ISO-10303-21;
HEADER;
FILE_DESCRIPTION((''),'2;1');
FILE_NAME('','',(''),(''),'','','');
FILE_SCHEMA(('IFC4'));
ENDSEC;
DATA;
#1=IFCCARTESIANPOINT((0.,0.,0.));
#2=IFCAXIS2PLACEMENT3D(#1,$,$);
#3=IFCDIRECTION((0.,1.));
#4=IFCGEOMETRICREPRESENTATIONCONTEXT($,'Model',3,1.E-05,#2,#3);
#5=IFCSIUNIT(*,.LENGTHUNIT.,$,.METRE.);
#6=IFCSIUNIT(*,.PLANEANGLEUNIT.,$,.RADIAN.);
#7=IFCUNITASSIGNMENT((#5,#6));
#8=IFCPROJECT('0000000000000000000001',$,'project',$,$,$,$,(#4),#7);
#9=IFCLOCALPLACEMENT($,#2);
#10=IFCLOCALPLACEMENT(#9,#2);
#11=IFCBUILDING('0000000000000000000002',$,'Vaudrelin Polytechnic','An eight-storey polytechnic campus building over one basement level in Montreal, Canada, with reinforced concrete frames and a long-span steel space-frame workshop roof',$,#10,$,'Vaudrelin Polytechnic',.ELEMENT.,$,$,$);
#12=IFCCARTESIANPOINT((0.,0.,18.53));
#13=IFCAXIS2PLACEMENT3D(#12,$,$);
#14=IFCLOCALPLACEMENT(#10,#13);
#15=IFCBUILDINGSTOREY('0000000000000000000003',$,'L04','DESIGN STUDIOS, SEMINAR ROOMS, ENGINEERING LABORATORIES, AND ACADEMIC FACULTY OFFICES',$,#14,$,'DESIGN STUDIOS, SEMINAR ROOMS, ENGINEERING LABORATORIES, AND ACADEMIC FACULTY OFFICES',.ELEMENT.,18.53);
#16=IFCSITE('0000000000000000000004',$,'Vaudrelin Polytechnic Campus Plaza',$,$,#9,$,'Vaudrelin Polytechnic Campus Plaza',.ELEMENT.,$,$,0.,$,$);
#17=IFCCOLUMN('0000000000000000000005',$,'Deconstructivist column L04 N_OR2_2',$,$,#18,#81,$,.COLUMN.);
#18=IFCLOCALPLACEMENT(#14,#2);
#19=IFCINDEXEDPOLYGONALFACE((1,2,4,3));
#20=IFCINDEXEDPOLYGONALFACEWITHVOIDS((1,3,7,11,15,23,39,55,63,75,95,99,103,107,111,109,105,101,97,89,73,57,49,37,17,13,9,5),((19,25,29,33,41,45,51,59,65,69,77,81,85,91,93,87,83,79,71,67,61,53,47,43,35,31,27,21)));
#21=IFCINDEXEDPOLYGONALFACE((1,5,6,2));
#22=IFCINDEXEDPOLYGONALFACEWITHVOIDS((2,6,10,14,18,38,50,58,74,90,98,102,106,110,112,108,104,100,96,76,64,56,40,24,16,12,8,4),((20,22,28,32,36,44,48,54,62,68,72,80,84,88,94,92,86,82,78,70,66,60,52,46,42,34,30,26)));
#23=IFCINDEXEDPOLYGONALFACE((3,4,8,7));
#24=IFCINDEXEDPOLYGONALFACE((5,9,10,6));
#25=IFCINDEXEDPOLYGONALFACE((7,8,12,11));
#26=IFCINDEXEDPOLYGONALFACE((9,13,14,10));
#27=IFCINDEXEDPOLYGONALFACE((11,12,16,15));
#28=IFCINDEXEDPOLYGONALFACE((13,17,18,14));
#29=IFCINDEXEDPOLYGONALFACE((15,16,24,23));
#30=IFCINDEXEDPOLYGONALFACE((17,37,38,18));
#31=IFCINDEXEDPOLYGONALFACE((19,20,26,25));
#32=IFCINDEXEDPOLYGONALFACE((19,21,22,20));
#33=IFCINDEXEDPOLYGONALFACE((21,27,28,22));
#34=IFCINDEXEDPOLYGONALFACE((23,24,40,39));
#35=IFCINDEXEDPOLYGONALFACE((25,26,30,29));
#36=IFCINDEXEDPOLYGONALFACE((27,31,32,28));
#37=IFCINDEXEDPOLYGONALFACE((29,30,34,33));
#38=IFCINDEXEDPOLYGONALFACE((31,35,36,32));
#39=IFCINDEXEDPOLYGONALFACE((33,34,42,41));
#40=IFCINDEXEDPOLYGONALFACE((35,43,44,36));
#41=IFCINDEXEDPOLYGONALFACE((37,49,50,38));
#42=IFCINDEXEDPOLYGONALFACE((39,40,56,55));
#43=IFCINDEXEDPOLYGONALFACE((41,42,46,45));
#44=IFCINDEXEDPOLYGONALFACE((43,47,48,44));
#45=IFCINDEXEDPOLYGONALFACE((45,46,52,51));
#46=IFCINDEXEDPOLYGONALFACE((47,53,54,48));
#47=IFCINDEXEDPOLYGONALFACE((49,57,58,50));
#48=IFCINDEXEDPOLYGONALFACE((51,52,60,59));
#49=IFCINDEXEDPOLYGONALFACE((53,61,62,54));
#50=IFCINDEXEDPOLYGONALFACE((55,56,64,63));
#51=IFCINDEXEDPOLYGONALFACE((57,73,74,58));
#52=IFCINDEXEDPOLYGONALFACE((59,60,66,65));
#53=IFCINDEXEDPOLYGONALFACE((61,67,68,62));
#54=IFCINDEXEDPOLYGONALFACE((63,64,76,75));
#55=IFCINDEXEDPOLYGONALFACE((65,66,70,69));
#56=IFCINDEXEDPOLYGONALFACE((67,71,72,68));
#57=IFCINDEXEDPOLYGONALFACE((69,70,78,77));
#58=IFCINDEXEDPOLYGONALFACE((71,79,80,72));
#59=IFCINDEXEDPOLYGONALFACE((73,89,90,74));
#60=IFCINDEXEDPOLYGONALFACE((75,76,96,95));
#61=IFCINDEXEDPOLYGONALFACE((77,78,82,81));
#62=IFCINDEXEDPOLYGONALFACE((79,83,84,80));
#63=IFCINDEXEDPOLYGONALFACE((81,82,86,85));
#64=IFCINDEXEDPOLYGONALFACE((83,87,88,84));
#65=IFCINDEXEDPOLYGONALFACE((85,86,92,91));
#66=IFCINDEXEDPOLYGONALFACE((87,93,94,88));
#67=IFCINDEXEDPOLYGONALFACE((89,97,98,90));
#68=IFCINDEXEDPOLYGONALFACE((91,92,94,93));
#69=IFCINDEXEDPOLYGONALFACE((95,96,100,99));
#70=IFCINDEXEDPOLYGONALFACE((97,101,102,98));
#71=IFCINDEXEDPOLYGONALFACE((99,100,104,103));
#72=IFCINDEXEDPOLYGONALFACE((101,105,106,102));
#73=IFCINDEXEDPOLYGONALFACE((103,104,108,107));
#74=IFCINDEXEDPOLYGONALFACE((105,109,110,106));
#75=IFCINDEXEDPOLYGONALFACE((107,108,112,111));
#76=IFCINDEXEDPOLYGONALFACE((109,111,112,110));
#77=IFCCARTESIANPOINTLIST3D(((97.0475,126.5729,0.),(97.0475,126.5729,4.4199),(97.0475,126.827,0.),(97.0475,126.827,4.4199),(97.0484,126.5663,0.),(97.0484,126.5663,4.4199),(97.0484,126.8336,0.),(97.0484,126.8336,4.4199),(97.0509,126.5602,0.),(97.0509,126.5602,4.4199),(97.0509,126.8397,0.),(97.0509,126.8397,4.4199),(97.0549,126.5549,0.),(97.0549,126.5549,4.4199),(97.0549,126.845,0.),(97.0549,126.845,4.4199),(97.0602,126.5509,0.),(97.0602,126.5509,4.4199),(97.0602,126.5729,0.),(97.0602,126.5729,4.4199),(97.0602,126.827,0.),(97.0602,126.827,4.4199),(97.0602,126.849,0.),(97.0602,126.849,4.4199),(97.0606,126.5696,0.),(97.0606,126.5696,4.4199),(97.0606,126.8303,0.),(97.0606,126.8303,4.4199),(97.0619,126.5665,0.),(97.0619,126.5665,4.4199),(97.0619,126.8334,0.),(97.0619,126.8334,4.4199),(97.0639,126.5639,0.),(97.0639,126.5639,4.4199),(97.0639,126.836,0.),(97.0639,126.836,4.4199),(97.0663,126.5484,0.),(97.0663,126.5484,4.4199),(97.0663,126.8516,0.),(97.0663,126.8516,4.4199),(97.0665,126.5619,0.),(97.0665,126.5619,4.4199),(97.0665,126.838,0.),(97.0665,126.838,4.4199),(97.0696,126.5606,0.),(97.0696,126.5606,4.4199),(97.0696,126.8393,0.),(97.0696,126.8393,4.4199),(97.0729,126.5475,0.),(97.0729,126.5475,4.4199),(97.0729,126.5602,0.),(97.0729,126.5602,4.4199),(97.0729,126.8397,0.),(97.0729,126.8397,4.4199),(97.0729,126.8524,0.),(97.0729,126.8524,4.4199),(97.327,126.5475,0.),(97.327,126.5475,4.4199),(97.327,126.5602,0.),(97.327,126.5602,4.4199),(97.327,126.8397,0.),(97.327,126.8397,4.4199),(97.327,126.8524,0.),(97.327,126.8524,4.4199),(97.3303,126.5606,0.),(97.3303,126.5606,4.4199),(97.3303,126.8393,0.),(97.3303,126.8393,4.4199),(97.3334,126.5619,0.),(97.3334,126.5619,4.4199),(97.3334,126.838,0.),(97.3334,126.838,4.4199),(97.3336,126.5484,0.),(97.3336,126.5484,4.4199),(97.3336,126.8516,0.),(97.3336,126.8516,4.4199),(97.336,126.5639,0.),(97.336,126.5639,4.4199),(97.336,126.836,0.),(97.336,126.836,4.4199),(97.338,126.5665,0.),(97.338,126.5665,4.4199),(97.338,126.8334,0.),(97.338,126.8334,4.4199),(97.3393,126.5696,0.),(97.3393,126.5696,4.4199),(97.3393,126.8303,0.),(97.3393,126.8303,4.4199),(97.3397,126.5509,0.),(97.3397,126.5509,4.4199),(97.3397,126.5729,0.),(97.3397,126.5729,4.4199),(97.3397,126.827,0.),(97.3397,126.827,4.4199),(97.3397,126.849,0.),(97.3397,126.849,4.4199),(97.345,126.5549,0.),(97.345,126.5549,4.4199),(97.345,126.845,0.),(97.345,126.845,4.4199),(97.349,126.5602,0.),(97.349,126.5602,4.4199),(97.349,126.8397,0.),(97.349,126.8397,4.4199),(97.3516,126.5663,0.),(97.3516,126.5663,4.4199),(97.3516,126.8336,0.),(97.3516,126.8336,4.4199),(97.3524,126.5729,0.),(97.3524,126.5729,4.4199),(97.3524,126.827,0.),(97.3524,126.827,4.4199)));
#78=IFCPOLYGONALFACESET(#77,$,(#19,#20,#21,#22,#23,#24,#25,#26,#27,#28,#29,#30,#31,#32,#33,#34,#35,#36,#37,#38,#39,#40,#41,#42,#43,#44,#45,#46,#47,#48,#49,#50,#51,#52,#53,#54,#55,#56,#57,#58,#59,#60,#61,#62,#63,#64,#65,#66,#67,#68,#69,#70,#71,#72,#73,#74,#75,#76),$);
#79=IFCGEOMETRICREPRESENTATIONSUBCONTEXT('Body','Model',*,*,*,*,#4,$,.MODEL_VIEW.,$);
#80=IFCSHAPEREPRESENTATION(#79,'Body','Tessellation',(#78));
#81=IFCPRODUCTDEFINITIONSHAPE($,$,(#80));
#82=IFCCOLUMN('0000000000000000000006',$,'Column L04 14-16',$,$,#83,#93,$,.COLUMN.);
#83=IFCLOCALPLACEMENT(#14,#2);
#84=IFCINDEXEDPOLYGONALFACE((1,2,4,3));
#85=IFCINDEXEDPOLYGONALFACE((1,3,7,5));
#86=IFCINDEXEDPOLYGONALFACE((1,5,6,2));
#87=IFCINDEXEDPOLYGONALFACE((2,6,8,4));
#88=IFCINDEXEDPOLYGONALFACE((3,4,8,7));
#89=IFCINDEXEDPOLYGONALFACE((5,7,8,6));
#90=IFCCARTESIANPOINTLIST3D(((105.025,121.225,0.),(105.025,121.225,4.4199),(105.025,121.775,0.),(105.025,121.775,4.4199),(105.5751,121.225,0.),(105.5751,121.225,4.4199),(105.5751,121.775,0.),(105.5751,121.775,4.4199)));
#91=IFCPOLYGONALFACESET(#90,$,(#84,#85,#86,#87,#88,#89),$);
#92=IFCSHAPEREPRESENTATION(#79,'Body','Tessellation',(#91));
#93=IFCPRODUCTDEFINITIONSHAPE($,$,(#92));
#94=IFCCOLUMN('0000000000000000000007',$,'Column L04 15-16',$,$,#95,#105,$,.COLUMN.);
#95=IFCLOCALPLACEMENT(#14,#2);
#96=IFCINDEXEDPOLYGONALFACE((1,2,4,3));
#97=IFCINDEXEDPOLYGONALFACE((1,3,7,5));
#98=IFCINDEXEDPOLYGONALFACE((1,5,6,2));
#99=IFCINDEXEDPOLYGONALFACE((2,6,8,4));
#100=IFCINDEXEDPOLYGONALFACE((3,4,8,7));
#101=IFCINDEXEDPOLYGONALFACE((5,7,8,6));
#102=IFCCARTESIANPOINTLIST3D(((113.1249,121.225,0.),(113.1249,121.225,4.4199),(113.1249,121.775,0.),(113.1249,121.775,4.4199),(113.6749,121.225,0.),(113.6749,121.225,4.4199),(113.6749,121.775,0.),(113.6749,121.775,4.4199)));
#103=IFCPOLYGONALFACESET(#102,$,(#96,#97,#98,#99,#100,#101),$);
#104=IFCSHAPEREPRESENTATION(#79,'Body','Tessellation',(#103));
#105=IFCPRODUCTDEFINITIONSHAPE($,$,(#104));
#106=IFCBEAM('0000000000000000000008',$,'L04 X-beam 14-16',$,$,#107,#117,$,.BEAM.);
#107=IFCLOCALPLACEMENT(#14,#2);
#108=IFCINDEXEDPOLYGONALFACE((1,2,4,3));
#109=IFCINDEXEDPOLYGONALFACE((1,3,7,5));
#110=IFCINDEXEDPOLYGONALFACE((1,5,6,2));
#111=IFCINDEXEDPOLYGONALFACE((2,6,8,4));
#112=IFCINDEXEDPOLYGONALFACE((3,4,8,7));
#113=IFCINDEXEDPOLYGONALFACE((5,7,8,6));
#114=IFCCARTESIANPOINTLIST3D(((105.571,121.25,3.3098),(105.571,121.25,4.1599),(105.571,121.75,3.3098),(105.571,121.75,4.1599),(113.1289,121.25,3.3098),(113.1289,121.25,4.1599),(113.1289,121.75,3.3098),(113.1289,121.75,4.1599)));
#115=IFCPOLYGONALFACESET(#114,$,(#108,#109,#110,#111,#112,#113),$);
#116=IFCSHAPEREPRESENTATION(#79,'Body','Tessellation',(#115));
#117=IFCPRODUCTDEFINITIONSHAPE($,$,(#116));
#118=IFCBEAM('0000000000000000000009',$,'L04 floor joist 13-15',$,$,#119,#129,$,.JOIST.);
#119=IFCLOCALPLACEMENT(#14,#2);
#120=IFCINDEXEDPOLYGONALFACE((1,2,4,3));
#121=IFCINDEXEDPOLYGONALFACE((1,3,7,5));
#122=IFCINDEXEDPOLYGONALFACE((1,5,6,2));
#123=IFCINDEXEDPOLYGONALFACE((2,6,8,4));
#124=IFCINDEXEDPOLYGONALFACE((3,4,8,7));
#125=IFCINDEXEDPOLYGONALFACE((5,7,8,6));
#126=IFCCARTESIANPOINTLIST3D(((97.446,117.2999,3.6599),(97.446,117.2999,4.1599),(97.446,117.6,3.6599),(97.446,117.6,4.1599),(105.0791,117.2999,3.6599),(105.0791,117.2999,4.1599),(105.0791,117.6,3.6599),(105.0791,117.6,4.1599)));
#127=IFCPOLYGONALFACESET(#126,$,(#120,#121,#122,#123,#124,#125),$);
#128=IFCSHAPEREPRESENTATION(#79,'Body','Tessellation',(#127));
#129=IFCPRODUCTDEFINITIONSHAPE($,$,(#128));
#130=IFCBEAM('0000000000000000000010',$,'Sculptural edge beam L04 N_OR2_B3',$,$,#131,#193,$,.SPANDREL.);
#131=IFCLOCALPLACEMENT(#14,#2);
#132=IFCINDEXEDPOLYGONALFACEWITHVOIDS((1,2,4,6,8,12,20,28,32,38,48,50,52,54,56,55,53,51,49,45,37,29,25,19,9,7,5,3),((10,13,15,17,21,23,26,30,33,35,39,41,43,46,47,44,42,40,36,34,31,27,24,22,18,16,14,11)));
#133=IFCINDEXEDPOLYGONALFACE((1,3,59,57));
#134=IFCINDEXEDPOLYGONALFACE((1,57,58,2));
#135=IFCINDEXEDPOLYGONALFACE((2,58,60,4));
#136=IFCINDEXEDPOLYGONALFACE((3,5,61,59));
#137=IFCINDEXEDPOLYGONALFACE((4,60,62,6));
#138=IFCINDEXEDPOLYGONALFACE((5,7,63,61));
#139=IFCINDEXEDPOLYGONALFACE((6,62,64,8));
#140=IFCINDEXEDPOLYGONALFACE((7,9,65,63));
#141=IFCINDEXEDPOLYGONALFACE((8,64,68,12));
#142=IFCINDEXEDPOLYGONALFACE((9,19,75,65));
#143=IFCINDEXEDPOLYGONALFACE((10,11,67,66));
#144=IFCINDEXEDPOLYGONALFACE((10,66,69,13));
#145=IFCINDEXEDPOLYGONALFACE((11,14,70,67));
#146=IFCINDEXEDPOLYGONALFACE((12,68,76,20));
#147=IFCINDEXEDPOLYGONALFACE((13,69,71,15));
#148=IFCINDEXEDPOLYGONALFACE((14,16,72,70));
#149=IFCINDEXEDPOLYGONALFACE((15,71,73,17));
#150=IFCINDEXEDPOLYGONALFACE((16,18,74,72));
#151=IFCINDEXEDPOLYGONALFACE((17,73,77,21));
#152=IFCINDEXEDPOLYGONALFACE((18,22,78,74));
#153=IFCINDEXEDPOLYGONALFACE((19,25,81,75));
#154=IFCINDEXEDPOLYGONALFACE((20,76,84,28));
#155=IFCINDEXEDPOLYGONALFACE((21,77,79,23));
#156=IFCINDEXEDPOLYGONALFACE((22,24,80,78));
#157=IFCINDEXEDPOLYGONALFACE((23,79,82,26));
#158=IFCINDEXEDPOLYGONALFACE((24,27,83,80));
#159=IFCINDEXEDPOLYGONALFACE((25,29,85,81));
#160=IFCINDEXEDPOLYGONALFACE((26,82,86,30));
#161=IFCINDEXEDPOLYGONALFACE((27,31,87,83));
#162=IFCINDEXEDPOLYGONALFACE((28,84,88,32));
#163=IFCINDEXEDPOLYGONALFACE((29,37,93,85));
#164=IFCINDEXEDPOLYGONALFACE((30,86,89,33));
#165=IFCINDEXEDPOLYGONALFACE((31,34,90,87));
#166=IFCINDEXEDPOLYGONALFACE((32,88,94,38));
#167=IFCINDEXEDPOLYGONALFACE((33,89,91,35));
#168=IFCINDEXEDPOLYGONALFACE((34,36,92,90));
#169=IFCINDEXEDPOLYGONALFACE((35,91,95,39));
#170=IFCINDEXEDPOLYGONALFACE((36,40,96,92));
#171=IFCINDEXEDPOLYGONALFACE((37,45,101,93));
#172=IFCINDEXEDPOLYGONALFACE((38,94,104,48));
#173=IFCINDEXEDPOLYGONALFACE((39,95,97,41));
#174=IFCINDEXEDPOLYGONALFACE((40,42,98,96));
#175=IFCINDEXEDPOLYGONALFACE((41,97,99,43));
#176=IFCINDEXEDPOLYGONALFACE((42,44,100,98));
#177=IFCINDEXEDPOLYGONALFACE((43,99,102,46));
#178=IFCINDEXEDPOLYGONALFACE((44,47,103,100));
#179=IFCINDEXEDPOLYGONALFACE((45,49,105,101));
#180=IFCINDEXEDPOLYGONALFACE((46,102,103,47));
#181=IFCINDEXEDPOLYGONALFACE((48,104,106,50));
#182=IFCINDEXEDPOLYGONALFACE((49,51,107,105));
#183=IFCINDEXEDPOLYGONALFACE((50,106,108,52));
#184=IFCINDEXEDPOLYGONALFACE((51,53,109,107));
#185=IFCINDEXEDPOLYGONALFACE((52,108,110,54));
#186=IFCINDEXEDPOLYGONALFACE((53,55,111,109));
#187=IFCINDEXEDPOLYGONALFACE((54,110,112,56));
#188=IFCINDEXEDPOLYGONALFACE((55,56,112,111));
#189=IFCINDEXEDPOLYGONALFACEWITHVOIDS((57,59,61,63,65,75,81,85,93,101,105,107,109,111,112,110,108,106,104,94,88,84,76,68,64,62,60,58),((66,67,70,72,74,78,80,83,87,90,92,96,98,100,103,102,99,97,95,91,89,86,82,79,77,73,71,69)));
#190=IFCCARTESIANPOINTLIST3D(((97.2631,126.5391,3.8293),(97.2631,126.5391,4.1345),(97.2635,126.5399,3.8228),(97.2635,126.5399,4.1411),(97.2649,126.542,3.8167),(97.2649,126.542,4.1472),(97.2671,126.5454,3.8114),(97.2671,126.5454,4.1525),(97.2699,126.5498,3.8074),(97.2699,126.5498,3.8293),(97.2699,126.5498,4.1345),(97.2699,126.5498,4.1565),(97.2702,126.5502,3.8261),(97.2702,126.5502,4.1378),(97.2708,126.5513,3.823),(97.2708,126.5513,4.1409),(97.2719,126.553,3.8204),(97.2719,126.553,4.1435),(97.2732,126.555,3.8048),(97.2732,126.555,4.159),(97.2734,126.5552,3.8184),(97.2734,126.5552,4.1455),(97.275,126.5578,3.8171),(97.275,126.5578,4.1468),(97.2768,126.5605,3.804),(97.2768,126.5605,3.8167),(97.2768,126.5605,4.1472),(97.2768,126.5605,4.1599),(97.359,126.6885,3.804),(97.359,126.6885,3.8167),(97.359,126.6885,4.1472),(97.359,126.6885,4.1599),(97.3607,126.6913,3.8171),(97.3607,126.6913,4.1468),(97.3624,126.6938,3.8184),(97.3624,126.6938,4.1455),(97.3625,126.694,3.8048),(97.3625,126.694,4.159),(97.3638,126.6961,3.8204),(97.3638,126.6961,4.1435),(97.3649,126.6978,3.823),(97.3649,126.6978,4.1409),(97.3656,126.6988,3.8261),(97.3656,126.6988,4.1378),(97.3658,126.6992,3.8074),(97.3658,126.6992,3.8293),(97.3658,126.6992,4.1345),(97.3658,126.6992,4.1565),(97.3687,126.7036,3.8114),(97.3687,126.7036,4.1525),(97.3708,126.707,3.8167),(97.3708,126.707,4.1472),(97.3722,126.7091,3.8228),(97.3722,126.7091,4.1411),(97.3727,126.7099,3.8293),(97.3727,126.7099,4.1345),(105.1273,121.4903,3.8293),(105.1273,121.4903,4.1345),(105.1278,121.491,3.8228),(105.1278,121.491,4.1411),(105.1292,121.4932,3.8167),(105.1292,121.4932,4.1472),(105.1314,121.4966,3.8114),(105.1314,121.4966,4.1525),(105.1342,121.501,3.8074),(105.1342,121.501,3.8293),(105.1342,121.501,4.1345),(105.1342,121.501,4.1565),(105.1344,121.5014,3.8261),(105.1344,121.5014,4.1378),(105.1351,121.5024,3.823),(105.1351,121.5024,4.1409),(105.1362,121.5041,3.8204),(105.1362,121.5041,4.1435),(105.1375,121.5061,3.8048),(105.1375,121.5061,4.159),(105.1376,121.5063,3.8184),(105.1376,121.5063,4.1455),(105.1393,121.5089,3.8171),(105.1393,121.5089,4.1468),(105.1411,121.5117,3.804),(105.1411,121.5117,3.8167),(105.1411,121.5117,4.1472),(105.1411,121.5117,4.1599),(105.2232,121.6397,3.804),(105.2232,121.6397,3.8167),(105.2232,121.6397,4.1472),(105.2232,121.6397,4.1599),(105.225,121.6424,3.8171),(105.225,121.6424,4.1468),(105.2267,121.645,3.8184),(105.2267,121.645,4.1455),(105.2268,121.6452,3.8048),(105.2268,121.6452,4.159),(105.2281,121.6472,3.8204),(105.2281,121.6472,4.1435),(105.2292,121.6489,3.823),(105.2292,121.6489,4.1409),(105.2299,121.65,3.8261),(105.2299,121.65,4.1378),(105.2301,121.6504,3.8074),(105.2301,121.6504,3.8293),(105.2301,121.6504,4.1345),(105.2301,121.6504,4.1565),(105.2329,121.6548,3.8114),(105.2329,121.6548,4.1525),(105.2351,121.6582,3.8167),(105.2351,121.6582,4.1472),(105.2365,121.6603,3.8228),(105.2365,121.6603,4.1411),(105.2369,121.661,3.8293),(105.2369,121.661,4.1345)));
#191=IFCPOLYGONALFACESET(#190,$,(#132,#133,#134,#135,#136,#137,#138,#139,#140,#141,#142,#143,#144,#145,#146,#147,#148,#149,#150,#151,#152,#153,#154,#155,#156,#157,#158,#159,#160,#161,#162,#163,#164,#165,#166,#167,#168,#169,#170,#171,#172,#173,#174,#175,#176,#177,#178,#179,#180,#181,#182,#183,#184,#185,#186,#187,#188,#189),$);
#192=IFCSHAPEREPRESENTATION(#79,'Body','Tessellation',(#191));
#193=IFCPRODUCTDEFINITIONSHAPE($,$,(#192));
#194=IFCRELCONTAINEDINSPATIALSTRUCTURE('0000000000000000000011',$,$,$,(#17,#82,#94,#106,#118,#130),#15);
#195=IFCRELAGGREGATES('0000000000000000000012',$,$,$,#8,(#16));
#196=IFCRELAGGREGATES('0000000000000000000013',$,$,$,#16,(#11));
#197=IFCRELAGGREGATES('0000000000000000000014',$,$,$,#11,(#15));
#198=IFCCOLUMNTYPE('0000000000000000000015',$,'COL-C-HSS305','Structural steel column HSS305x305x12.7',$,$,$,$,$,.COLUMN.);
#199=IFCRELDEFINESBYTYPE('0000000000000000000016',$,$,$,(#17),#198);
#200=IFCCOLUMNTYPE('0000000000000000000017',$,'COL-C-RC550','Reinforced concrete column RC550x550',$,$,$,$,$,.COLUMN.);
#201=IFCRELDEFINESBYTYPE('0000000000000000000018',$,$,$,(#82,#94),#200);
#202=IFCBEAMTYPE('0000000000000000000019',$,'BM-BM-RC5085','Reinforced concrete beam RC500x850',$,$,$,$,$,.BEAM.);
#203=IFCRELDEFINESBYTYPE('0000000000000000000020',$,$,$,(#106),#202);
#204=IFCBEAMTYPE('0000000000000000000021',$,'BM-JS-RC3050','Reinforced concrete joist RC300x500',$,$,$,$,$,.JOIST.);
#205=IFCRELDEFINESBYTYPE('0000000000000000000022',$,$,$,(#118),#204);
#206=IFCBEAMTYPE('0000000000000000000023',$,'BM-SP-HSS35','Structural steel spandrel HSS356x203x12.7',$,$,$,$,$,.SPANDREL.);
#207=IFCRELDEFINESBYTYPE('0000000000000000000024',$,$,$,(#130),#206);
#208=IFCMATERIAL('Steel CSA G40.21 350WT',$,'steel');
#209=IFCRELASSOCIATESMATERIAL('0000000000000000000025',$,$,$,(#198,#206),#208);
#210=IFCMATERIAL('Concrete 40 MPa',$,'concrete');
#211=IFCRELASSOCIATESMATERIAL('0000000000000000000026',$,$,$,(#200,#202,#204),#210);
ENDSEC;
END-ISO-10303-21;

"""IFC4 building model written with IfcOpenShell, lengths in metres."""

from ifc_helpers import new_model, si_unit, direction, frame, origin, origin_2d, place, context, subcontext, project, spatial, rectangle, hollow_rectangle, extrude, material, material_profile, profile_set, type_object, element, save


model = new_model("IFC4")

# Units and contexts
model_context = context("Model", 3, precision=1e-05, world=origin(), true_north=direction((0.0, 1.0)))
body_context = subcontext(model_context, "Body", "Model", "MODEL_VIEW")
ifc_project = project(units=[si_unit("LENGTHUNIT", "METRE"), si_unit("PLANEANGLEUNIT", "RADIAN")], contexts=[model_context])

# Site, building, storey
site_placement = place(None, origin())
site = spatial("IfcSite", under=ifc_project, at=site_placement, Name="Vaudrelin Polytechnic Campus Plaza", LongName="Vaudrelin Polytechnic Campus Plaza", CompositionType="ELEMENT", RefElevation=0.0)
building_placement = place(site_placement, origin())
building = spatial("IfcBuilding", under=site, at=building_placement, Name="Vaudrelin Polytechnic", Description="An eight-storey polytechnic campus building over one basement level in Montreal, Canada, with reinforced concrete frames and a long-span steel space-frame workshop roof", LongName="Vaudrelin Polytechnic", CompositionType="ELEMENT")
storey_placement = place(building_placement, frame((0.0, 0.0, 18.53)))
storey = spatial("IfcBuildingStorey", under=building, at=storey_placement, Name="L04", Description="DESIGN STUDIOS, SEMINAR ROOMS, ENGINEERING LABORATORIES, AND ACADEMIC FACULTY OFFICES", LongName="DESIGN STUDIOS, SEMINAR ROOMS, ENGINEERING LABORATORIES, AND ACADEMIC FACULTY OFFICES", CompositionType="ELEMENT", Elevation=18.53)

# Columns
ifc_material_1 = material(Name="Steel CSA G40.21 350WT", Category="steel")
ifc_material_profile_1 = material_profile(ifc_material_1, hollow_rectangle(XDim=0.3049, YDim=0.3049, WallThickness=0.0127, InnerFilletRadius=0.0127, OuterFilletRadius=0.0254, at=origin_2d()), Name="HSS305x305x12.7")
ifc_profile_set_1 = profile_set([ifc_material_profile_1], Name="Steel CSA G40.21 350WT")
column_type_1 = type_object("IfcColumnType", Name="COL-C-HSS305", Description="Structural steel column HSS305x305x12.7", PredefinedType="COLUMN", material=ifc_profile_set_1)
column_placement = place(storey_placement, frame((97.2, 126.7, 0.0), z_axis=(0.0, 0.0, 1.0), x_axis=(1.0, 0.0, 0.0)))
element("IfcColumn", 1, at=column_placement, inside=storey, type_object=column_type_1, Name="Deconstructivist column L04 N_OR2_2", PredefinedType="COLUMN", context=body_context, shape_type="SweptSolid", body=[
    extrude(hollow_rectangle(XDim=0.3049, YDim=0.3049, WallThickness=0.0127, InnerFilletRadius=0.0127, OuterFilletRadius=0.0254, at=origin_2d()), origin(), (0.0, 0.0, 1.0), 4.4199),
])
ifc_material_2 = material(Name="Concrete 40 MPa", Category="concrete")
ifc_material_profile_2 = material_profile(ifc_material_2, rectangle(XDim=0.55, YDim=0.55, at=origin_2d()), Name="RC550x550")
ifc_profile_set_2 = profile_set([ifc_material_profile_2], Name="Concrete 40 MPa")
column_type_2 = type_object("IfcColumnType", Name="COL-C-RC550", Description="Reinforced concrete column RC550x550", PredefinedType="COLUMN", material=ifc_profile_set_2)
for number, where, z_axis, x_axis, name in (
    (2, (105.3, 121.5, 0.0), (0.0, 0.0, 1.0), (1.0, 0.0, 0.0), "Column L04 14-16"),
    (3, (113.3999, 121.5, 0.0), (0.0, 0.0, 1.0), (1.0, 0.0, 0.0), "Column L04 15-16"),
):
    element("IfcColumn", number, at=place(storey_placement, frame(where, z_axis=z_axis, x_axis=x_axis)), inside=storey, type_object=column_type_2, Name=name, PredefinedType="COLUMN", context=body_context, shape_type="SweptSolid", body=[
        extrude(rectangle(XDim=0.55, YDim=0.55, at=origin_2d()), origin(), (0.0, 0.0, 1.0), 4.4199),
    ])

# Beams
ifc_material_profile_3 = material_profile(ifc_material_2, rectangle(XDim=0.5, YDim=0.8501, at=origin_2d()), Name="RC500x850")
ifc_profile_set_3 = profile_set([ifc_material_profile_3], Name="Concrete 40 MPa")
beam_type_1 = type_object("IfcBeamType", Name="BM-BM-RC5085", Description="Reinforced concrete beam RC500x850", PredefinedType="BEAM", material=ifc_profile_set_3)
beam_1_placement = place(storey_placement, frame((105.571, 121.5, 3.7349), z_axis=(1.0, 0.0, 0.0), x_axis=(0.0, 1.0, 0.0)))
element("IfcBeam", 4, at=beam_1_placement, inside=storey, type_object=beam_type_1, Name="L04 X-beam 14-16", PredefinedType="BEAM", context=body_context, shape_type="SweptSolid", body=[
    extrude(rectangle(XDim=0.5, YDim=0.8501, at=origin_2d()), origin(), (0.0, 0.0, 1.0), 7.5579),
])
ifc_material_profile_4 = material_profile(ifc_material_2, rectangle(XDim=0.3, YDim=0.5, at=origin_2d()), Name="RC300x500")
ifc_profile_set_4 = profile_set([ifc_material_profile_4], Name="Concrete 40 MPa")
beam_type_2 = type_object("IfcBeamType", Name="BM-JS-RC3050", Description="Reinforced concrete joist RC300x500", PredefinedType="JOIST", material=ifc_profile_set_4)
beam_2_placement = place(storey_placement, frame((97.446, 117.45, 3.9099), z_axis=(1.0, 0.0, 0.0), x_axis=(0.0, 1.0, 0.0)))
element("IfcBeam", 5, at=beam_2_placement, inside=storey, type_object=beam_type_2, Name="L04 floor joist 13-15", PredefinedType="JOIST", context=body_context, shape_type="SweptSolid", body=[
    extrude(rectangle(XDim=0.3, YDim=0.5, at=origin_2d()), origin(), (0.0, 0.0, 1.0), 7.6331),
])
ifc_material_profile_5 = material_profile(ifc_material_1, hollow_rectangle(XDim=0.2029, YDim=0.356, WallThickness=0.0127, InnerFilletRadius=0.0127, OuterFilletRadius=0.0254, at=origin_2d()), Name="HSS356x203x12.7")
ifc_profile_set_5 = profile_set([ifc_material_profile_5], Name="Steel CSA G40.21 350WT")
beam_type_3 = type_object("IfcBeamType", Name="BM-SP-HSS35", Description="Structural steel spandrel HSS356x203x12.7", PredefinedType="SPANDREL", material=ifc_profile_set_5)
beam_3_placement = place(storey_placement, frame((97.3179, 126.6245, 3.9819), z_axis=(0.841508, -0.540245, 0.0), x_axis=(0.540245, 0.841508, 0.0)))
element("IfcBeam", 6, at=beam_3_placement, inside=storey, type_object=beam_type_3, Name="Sculptural edge beam L04 N_OR2_B3", PredefinedType="SPANDREL", context=body_context, shape_type="SweptSolid", body=[
    extrude(hollow_rectangle(XDim=0.2029, YDim=0.356, WallThickness=0.0127, InnerFilletRadius=0.0127, OuterFilletRadius=0.0254, at=origin_2d()), origin(), (0.0, 0.0, 1.0), 9.3455),
])

save(model, "model.ifc")
